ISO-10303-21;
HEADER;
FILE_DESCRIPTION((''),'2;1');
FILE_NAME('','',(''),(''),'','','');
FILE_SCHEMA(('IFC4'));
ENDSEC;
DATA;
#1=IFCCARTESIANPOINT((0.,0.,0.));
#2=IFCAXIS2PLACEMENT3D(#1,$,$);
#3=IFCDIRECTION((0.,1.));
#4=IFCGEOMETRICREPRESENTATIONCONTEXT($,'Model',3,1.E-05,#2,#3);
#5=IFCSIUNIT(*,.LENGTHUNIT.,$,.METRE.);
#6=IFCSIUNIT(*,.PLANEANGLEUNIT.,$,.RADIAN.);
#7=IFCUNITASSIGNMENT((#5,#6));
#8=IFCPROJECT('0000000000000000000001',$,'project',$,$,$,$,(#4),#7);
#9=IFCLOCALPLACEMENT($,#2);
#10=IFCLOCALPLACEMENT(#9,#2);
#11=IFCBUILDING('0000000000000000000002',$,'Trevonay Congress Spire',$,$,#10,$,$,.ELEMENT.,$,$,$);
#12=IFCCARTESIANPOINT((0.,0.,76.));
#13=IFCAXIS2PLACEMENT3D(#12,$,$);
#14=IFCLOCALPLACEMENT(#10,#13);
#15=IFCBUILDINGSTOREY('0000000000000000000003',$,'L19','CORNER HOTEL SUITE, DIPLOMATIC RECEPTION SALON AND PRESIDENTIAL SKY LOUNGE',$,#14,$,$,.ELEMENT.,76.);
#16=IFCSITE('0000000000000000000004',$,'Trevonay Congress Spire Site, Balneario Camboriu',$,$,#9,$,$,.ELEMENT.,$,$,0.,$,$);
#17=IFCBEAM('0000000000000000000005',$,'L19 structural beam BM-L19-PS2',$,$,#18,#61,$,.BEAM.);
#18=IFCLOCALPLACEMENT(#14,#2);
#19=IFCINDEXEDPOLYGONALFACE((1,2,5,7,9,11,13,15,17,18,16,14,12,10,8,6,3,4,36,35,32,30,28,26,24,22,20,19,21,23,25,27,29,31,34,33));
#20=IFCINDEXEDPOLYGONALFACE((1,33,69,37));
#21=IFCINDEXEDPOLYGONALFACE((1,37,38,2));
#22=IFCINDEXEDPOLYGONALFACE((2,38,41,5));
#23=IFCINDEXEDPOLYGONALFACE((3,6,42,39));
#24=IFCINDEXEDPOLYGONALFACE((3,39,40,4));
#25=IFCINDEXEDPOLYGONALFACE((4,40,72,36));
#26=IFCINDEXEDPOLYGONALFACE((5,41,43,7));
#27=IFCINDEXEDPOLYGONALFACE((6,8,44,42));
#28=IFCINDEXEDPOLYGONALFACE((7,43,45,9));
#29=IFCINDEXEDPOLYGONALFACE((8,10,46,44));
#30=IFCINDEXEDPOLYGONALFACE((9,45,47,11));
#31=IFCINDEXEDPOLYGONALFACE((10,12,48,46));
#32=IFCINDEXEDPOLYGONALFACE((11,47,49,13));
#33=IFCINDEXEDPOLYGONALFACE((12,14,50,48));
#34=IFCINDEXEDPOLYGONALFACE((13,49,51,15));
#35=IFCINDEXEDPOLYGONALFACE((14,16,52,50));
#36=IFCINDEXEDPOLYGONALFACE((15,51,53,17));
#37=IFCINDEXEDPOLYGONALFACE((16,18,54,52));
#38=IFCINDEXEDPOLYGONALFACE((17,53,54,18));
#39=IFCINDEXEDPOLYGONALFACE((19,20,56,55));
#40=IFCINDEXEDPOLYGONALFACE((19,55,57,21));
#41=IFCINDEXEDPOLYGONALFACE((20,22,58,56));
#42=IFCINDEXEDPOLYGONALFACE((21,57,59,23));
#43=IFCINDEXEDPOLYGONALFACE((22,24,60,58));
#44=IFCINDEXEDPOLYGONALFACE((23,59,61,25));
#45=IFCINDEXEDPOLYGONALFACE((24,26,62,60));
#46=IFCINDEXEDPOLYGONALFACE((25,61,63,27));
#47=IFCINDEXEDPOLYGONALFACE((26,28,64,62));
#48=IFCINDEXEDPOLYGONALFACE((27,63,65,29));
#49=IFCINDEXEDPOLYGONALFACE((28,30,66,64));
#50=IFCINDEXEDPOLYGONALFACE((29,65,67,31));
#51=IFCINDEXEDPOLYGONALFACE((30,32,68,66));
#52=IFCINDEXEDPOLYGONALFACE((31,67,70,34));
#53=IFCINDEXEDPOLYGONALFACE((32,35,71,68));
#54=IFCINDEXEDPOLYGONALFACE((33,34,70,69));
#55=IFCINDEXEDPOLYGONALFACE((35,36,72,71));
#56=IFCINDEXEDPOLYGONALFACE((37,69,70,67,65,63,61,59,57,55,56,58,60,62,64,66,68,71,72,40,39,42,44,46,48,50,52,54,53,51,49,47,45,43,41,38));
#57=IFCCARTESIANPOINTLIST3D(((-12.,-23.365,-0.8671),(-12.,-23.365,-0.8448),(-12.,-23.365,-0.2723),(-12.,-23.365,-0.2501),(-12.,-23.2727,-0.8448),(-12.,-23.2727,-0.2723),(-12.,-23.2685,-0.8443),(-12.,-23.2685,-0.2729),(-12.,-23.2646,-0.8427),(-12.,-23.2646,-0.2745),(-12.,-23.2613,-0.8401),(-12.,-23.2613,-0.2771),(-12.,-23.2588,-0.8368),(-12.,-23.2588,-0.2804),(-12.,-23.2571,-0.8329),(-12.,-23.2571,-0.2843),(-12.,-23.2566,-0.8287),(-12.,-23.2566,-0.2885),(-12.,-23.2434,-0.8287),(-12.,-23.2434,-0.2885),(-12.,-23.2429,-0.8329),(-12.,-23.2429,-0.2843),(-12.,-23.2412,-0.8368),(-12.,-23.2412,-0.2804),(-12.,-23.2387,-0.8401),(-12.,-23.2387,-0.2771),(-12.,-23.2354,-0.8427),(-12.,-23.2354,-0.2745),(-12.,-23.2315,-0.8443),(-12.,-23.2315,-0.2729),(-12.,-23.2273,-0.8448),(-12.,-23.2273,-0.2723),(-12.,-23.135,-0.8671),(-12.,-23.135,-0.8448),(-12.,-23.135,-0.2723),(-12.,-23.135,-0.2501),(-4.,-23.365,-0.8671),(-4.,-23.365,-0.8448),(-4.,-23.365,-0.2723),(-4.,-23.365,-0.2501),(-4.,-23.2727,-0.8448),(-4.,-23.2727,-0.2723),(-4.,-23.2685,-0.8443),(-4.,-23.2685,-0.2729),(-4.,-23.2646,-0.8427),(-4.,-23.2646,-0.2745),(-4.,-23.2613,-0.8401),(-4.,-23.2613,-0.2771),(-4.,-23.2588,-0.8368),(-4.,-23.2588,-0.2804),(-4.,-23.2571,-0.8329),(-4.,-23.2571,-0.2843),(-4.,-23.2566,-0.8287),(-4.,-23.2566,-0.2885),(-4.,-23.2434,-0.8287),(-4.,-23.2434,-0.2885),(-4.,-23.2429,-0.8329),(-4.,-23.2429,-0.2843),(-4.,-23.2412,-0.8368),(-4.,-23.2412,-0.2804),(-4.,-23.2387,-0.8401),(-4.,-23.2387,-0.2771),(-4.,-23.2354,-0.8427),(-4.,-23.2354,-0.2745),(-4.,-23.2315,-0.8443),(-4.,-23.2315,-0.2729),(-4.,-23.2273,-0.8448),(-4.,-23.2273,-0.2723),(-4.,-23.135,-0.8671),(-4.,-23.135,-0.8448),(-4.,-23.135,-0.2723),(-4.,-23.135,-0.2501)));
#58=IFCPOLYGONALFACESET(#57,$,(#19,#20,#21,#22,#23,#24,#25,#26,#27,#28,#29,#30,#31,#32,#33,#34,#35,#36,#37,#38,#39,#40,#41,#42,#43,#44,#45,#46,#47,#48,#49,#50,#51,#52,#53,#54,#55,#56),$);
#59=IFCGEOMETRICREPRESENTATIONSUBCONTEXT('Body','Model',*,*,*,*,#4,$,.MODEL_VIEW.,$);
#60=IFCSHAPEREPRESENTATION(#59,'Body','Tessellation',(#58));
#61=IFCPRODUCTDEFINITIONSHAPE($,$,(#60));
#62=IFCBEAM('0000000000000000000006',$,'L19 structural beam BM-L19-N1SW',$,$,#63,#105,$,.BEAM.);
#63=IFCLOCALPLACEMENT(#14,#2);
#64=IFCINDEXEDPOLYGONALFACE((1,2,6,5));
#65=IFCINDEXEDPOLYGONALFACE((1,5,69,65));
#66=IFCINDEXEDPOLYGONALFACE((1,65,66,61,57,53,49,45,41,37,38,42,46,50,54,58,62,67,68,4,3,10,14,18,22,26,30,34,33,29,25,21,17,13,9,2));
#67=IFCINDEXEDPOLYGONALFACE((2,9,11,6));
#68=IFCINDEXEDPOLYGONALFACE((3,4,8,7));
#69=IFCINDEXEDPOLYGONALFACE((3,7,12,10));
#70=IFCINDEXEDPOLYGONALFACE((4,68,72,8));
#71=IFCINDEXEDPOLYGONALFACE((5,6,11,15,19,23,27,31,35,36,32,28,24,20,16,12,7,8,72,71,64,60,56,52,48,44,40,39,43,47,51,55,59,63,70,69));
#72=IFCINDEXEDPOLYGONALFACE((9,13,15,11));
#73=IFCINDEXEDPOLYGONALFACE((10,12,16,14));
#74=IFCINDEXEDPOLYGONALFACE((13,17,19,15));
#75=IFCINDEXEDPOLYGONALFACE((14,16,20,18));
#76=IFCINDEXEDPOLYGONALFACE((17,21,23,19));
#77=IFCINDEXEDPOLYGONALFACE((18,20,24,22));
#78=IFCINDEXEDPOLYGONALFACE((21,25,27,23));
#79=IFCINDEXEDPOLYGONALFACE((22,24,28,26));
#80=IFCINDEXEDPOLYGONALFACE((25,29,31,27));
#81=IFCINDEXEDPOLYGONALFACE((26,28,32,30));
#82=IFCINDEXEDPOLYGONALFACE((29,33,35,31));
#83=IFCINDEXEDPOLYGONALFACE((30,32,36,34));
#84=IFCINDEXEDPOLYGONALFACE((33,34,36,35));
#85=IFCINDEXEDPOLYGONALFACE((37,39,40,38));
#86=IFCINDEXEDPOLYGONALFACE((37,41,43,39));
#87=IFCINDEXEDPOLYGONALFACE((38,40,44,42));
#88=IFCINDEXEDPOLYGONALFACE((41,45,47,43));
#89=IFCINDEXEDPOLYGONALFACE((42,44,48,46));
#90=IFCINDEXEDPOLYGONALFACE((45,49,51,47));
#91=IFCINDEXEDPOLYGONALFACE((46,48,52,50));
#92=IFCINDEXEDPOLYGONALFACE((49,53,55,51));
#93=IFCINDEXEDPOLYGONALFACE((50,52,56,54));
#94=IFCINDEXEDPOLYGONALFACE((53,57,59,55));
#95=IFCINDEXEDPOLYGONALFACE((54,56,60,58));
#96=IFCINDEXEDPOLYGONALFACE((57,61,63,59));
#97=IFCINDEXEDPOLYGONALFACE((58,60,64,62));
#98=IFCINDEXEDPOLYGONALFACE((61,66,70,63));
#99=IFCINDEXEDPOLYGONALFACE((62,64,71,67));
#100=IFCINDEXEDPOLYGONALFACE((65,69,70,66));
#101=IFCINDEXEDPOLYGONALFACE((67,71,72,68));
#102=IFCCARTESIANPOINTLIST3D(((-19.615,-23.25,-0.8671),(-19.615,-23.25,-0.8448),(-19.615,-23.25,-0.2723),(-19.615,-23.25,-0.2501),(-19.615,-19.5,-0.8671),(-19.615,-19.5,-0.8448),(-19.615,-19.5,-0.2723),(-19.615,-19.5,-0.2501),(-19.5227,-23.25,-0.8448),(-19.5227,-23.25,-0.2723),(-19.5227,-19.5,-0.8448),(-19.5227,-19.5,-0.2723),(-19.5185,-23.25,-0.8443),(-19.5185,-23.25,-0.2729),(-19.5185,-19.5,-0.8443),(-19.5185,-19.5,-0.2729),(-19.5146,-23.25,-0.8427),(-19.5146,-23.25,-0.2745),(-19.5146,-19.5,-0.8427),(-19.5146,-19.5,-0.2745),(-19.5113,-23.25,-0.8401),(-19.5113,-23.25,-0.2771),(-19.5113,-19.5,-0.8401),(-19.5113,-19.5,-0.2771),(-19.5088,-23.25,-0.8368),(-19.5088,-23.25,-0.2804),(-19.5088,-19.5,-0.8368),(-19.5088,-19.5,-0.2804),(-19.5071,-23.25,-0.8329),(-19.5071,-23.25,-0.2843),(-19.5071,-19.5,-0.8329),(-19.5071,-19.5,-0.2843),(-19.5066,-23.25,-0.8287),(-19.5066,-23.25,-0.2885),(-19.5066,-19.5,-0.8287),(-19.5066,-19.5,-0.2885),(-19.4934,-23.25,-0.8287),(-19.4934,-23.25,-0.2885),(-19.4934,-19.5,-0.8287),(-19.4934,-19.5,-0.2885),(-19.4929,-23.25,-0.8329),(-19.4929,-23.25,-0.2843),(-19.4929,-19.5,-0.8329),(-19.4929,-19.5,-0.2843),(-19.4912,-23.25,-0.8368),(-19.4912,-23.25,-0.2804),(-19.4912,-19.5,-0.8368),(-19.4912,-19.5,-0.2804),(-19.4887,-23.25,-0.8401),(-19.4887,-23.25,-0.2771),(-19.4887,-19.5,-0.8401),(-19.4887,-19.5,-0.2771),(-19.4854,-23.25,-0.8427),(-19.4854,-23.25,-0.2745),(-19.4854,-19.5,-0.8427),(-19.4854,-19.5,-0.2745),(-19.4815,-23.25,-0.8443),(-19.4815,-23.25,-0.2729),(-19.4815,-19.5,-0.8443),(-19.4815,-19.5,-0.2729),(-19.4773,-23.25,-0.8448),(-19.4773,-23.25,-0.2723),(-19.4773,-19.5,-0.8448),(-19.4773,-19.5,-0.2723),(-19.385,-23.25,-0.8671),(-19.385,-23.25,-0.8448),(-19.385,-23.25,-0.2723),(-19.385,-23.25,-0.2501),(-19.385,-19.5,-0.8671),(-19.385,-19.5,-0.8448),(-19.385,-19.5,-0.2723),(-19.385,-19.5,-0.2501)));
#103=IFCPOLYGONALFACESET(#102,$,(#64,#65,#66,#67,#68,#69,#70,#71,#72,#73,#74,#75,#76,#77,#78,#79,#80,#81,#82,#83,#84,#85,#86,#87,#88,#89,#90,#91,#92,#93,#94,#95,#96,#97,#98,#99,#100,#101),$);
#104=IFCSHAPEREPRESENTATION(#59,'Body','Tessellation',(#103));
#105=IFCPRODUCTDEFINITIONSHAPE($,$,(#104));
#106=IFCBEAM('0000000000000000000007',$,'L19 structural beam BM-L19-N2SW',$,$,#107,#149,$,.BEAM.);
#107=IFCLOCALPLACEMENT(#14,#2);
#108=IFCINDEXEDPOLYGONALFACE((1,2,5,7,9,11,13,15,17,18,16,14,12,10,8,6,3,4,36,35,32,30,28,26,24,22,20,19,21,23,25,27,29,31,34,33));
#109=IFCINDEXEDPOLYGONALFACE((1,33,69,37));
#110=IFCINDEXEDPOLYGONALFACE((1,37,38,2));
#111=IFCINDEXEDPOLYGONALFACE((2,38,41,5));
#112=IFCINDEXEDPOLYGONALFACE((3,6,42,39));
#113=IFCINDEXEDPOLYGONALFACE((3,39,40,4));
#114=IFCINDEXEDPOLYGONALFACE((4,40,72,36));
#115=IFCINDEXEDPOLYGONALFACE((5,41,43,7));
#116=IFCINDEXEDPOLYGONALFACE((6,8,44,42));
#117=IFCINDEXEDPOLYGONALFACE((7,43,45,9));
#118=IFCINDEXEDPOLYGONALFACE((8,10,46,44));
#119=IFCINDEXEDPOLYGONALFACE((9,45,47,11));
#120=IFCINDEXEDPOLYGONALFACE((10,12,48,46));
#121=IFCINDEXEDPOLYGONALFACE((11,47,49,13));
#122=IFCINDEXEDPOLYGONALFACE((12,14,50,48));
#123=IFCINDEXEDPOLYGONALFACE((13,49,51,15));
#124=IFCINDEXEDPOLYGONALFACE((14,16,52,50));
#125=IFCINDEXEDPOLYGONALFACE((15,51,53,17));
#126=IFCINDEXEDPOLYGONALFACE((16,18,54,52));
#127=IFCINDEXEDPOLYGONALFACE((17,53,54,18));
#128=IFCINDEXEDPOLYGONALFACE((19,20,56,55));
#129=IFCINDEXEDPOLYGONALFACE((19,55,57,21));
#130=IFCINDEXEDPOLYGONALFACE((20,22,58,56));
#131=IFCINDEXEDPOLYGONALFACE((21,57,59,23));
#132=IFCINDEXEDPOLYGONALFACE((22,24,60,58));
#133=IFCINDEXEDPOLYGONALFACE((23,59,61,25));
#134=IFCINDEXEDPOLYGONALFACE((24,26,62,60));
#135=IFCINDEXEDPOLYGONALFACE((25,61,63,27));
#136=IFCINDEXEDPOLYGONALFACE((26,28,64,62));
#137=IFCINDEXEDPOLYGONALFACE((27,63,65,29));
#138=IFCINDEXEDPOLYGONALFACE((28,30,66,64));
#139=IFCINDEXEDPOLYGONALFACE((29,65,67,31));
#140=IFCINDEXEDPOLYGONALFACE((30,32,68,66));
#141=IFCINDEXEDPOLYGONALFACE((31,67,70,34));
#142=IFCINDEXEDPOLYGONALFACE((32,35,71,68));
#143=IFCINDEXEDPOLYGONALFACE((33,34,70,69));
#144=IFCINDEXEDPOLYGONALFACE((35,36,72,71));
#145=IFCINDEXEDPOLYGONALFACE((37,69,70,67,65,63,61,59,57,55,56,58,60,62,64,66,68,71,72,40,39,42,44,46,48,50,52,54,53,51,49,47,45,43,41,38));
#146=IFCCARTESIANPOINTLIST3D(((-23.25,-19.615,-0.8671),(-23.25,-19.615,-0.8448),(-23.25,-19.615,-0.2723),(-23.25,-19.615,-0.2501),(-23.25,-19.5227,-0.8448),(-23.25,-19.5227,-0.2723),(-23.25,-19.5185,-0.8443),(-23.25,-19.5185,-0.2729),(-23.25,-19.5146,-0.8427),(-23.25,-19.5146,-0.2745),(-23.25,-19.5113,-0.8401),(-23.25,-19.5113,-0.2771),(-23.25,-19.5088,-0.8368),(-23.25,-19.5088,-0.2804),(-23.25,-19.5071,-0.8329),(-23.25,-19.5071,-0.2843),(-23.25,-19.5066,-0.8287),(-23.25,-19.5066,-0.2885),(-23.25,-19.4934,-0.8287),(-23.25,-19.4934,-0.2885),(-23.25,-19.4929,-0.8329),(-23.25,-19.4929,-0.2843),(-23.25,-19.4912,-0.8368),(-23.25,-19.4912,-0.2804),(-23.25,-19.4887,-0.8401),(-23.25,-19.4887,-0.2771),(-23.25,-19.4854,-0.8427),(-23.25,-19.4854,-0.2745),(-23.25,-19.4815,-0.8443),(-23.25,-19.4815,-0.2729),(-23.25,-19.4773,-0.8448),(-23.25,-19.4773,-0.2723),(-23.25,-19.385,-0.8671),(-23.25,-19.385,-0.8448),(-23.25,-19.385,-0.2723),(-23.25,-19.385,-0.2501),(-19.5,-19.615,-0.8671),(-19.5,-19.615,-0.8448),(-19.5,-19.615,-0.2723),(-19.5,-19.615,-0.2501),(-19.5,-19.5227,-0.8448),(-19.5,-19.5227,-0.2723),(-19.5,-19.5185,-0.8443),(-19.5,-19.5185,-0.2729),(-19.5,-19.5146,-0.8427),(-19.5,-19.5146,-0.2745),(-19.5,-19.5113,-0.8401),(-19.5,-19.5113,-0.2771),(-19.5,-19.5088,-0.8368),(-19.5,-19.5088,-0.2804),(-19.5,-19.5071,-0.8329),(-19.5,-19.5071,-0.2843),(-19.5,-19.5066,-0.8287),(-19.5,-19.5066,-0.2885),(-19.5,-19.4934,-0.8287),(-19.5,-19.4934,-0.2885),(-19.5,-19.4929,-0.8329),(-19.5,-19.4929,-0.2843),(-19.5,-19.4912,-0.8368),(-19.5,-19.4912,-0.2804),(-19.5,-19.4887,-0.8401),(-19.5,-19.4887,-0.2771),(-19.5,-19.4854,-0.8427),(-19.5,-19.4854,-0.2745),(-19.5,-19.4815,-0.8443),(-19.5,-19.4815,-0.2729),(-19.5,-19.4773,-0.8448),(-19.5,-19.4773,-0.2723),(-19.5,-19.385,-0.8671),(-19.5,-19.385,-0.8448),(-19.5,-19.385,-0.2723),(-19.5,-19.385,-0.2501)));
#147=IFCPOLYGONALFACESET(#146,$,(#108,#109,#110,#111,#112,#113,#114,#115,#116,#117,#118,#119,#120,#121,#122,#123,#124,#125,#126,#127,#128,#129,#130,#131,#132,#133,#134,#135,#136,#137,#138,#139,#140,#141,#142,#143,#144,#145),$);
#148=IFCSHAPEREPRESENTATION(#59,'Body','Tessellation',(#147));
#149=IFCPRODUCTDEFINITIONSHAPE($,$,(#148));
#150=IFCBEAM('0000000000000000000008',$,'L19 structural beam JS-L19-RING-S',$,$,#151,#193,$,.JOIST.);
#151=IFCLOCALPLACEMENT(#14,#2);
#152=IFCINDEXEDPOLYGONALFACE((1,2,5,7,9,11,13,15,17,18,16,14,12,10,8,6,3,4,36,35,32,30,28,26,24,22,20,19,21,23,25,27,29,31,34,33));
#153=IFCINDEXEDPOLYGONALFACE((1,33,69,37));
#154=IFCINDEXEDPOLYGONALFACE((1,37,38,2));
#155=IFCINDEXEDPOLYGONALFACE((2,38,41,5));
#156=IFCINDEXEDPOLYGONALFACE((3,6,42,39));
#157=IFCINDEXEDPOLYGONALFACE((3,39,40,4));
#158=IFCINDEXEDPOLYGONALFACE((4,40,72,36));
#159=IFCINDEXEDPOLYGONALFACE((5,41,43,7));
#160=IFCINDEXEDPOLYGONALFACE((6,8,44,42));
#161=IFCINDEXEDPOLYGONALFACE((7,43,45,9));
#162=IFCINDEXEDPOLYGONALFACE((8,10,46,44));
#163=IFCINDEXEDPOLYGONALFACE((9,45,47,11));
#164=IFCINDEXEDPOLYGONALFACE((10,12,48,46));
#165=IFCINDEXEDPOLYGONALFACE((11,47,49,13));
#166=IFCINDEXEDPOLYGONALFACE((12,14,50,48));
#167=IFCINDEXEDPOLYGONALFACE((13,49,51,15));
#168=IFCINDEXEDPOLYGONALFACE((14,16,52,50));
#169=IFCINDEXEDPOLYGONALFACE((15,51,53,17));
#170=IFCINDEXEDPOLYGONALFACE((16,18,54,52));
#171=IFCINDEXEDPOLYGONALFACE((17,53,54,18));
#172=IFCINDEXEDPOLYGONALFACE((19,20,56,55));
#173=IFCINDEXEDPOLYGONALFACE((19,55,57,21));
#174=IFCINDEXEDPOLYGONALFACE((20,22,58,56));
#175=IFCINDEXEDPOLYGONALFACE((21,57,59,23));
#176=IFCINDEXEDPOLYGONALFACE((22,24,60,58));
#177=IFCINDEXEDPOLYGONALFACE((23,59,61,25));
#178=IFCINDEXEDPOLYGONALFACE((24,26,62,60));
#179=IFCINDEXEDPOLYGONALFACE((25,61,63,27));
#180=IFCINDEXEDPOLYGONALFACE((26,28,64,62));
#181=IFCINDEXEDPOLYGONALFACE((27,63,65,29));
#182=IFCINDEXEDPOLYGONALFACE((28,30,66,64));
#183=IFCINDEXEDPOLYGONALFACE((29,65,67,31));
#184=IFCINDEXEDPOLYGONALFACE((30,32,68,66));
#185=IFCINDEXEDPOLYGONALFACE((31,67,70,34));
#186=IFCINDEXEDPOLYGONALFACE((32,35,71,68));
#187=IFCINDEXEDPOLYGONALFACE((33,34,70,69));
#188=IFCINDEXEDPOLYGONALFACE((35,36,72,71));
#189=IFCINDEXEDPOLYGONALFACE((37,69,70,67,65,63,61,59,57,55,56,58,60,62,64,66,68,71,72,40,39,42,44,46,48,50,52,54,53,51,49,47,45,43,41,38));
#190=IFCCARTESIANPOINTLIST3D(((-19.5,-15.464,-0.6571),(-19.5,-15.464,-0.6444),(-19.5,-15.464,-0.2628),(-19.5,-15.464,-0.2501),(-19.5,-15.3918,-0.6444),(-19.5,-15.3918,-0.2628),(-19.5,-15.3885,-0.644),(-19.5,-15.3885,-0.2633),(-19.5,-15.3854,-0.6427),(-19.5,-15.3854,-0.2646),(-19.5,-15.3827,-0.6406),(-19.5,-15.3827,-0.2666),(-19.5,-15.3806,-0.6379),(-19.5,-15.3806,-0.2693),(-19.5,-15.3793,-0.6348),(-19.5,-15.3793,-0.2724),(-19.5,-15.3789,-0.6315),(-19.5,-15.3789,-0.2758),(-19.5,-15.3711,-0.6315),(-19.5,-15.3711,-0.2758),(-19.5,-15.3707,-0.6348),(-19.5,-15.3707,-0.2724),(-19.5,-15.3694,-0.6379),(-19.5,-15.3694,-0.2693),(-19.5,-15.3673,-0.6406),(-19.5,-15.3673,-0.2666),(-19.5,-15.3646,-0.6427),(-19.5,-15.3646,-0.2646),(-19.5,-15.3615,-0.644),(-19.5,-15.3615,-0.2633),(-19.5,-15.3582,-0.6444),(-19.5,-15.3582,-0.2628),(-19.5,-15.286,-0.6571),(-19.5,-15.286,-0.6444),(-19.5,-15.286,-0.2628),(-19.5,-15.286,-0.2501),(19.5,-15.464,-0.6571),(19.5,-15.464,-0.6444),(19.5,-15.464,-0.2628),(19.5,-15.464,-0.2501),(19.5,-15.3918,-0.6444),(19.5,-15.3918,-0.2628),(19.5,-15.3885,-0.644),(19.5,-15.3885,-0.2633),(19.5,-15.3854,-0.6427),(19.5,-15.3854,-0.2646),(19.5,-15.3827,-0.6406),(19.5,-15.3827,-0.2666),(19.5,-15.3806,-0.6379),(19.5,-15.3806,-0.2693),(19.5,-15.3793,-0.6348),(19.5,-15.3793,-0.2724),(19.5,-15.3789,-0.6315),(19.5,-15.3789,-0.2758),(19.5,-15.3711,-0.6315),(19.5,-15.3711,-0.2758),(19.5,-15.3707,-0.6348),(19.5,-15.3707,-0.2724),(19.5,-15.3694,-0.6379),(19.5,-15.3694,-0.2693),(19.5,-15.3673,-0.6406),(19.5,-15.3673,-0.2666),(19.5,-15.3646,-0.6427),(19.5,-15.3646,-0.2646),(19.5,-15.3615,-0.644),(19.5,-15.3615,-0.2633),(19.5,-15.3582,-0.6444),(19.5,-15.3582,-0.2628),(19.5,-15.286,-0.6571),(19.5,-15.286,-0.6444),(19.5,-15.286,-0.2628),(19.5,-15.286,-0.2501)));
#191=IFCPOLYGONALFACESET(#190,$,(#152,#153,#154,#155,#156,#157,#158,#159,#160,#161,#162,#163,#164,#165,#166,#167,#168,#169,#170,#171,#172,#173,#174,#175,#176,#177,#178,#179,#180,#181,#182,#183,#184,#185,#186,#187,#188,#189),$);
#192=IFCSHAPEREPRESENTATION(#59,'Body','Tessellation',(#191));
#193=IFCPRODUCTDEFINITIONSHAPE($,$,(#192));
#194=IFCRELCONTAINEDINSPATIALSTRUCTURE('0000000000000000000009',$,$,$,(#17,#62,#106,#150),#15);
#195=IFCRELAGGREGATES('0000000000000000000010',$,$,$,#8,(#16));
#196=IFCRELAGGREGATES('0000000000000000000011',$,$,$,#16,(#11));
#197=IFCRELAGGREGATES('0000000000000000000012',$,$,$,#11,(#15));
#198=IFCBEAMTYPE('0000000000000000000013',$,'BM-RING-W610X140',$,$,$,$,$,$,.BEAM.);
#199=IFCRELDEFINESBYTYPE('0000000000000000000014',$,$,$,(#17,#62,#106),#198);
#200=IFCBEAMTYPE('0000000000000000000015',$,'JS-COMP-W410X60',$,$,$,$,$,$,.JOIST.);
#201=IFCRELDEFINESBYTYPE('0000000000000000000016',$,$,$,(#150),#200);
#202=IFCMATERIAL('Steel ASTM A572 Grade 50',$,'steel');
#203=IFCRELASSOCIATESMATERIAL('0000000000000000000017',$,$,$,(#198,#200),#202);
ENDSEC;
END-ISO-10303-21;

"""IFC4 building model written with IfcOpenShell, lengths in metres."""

from ifc_helpers import new_model, si_unit, direction, frame, origin, origin_2d, place, context, subcontext, project, spatial, i_section, extrude, material, material_profile, profile_set, type_object, element, save


model = new_model("IFC4")

# Units and contexts
model_context = context("Model", 3, precision=1e-05, world=origin(), true_north=direction((0.0, 1.0)))
body_context = subcontext(model_context, "Body", "Model", "MODEL_VIEW")
ifc_project = project(units=[si_unit("LENGTHUNIT", "METRE"), si_unit("PLANEANGLEUNIT", "RADIAN")], contexts=[model_context])

# Site, building, storey
site_placement = place(None, origin())
site = spatial("IfcSite", under=ifc_project, at=site_placement, Name="Trevonay Congress Spire Site, Balneario Camboriu", CompositionType="ELEMENT", RefElevation=0.0)
building_placement = place(site_placement, origin())
building = spatial("IfcBuilding", under=site, at=building_placement, Name="Trevonay Congress Spire", CompositionType="ELEMENT")
storey_placement = place(building_placement, frame((0.0, 0.0, 76.0)))
storey = spatial("IfcBuildingStorey", under=building, at=storey_placement, Name="L19", Description="CORNER HOTEL SUITE, DIPLOMATIC RECEPTION SALON AND PRESIDENTIAL SKY LOUNGE", CompositionType="ELEMENT", Elevation=76.0)

# Shared definitions
ifc_material_1 = material(Name="Steel ASTM A572 Grade 50", Category="steel")

# Beams
ifc_material_profile_1 = material_profile(ifc_material_1, i_section(OverallWidth=0.23, OverallDepth=0.6169, WebThickness=0.0132, FlangeThickness=0.0222, FilletRadius=0.0161, at=origin_2d()), Name="W610x140")
ifc_profile_set_1 = profile_set([ifc_material_profile_1], Name="Steel ASTM A572 Grade 50")
beam_type_1 = type_object("IfcBeamType", Name="BM-RING-W610X140", PredefinedType="BEAM", material=ifc_profile_set_1)
beam_placement = place(storey_placement, frame((-12.0, -23.25, -0.5586), z_axis=(1.0, 0.0, 0.0), x_axis=(0.0, 1.0, 0.0)))
element("IfcBeam", 1, at=beam_placement, inside=storey, type_object=beam_type_1, Name="L19 structural beam BM-L19-PS2", PredefinedType="BEAM", context=body_context, shape_type="SweptSolid", body=[
    extrude(i_section(OverallWidth=0.23, OverallDepth=0.6169, WebThickness=0.0132, FlangeThickness=0.0222, FilletRadius=0.0161, at=origin_2d()), origin(), (0.0, 0.0, 1.0), 8.0),
])
for number, where, z_axis, x_axis, name in (
    (2, (-19.5, -23.25, -0.5586), (0.0, 1.0, 0.0), (-1.0, 0.0, 0.0), "L19 structural beam BM-L19-N1SW"),
    (3, (-23.25, -19.5, -0.5586), (1.0, 0.0, 0.0), (0.0, 1.0, 0.0), "L19 structural beam BM-L19-N2SW"),
):
    element("IfcBeam", number, at=place(storey_placement, frame(where, z_axis=z_axis, x_axis=x_axis)), inside=storey, type_object=beam_type_1, Name=name, PredefinedType="BEAM", context=body_context, shape_type="SweptSolid", body=[
        extrude(i_section(OverallWidth=0.23, OverallDepth=0.6169, WebThickness=0.0132, FlangeThickness=0.0222, FilletRadius=0.0161, at=origin_2d()), origin(), (0.0, 0.0, 1.0), 3.75),
    ])
ifc_material_profile_2 = material_profile(ifc_material_1, i_section(OverallWidth=0.178, OverallDepth=0.407, WebThickness=0.0078, FlangeThickness=0.0127, FilletRadius=0.0129, at=origin_2d()), Name="W410x60")
ifc_profile_set_2 = profile_set([ifc_material_profile_2], Name="Steel ASTM A572 Grade 50")
beam_type_2 = type_object("IfcBeamType", Name="JS-COMP-W410X60", PredefinedType="JOIST", material=ifc_profile_set_2)
for number, where, z_axis, x_axis, name in (
    (4, (-19.5, -15.375, -0.4536), (1.0, 0.0, 0.0), (0.0, 1.0, 0.0), "L19 structural beam JS-L19-RING-S"),
):
    element("IfcBeam", number, at=place(storey_placement, frame(where, z_axis=z_axis, x_axis=x_axis)), inside=storey, type_object=beam_type_2, Name=name, PredefinedType="JOIST", context=body_context, shape_type="SweptSolid", body=[
        extrude(i_section(OverallWidth=0.178, OverallDepth=0.407, WebThickness=0.0078, FlangeThickness=0.0127, FilletRadius=0.0129, at=origin_2d()), origin(), (0.0, 0.0, 1.0), 39.0),
    ])

save(model, "model.ifc")
